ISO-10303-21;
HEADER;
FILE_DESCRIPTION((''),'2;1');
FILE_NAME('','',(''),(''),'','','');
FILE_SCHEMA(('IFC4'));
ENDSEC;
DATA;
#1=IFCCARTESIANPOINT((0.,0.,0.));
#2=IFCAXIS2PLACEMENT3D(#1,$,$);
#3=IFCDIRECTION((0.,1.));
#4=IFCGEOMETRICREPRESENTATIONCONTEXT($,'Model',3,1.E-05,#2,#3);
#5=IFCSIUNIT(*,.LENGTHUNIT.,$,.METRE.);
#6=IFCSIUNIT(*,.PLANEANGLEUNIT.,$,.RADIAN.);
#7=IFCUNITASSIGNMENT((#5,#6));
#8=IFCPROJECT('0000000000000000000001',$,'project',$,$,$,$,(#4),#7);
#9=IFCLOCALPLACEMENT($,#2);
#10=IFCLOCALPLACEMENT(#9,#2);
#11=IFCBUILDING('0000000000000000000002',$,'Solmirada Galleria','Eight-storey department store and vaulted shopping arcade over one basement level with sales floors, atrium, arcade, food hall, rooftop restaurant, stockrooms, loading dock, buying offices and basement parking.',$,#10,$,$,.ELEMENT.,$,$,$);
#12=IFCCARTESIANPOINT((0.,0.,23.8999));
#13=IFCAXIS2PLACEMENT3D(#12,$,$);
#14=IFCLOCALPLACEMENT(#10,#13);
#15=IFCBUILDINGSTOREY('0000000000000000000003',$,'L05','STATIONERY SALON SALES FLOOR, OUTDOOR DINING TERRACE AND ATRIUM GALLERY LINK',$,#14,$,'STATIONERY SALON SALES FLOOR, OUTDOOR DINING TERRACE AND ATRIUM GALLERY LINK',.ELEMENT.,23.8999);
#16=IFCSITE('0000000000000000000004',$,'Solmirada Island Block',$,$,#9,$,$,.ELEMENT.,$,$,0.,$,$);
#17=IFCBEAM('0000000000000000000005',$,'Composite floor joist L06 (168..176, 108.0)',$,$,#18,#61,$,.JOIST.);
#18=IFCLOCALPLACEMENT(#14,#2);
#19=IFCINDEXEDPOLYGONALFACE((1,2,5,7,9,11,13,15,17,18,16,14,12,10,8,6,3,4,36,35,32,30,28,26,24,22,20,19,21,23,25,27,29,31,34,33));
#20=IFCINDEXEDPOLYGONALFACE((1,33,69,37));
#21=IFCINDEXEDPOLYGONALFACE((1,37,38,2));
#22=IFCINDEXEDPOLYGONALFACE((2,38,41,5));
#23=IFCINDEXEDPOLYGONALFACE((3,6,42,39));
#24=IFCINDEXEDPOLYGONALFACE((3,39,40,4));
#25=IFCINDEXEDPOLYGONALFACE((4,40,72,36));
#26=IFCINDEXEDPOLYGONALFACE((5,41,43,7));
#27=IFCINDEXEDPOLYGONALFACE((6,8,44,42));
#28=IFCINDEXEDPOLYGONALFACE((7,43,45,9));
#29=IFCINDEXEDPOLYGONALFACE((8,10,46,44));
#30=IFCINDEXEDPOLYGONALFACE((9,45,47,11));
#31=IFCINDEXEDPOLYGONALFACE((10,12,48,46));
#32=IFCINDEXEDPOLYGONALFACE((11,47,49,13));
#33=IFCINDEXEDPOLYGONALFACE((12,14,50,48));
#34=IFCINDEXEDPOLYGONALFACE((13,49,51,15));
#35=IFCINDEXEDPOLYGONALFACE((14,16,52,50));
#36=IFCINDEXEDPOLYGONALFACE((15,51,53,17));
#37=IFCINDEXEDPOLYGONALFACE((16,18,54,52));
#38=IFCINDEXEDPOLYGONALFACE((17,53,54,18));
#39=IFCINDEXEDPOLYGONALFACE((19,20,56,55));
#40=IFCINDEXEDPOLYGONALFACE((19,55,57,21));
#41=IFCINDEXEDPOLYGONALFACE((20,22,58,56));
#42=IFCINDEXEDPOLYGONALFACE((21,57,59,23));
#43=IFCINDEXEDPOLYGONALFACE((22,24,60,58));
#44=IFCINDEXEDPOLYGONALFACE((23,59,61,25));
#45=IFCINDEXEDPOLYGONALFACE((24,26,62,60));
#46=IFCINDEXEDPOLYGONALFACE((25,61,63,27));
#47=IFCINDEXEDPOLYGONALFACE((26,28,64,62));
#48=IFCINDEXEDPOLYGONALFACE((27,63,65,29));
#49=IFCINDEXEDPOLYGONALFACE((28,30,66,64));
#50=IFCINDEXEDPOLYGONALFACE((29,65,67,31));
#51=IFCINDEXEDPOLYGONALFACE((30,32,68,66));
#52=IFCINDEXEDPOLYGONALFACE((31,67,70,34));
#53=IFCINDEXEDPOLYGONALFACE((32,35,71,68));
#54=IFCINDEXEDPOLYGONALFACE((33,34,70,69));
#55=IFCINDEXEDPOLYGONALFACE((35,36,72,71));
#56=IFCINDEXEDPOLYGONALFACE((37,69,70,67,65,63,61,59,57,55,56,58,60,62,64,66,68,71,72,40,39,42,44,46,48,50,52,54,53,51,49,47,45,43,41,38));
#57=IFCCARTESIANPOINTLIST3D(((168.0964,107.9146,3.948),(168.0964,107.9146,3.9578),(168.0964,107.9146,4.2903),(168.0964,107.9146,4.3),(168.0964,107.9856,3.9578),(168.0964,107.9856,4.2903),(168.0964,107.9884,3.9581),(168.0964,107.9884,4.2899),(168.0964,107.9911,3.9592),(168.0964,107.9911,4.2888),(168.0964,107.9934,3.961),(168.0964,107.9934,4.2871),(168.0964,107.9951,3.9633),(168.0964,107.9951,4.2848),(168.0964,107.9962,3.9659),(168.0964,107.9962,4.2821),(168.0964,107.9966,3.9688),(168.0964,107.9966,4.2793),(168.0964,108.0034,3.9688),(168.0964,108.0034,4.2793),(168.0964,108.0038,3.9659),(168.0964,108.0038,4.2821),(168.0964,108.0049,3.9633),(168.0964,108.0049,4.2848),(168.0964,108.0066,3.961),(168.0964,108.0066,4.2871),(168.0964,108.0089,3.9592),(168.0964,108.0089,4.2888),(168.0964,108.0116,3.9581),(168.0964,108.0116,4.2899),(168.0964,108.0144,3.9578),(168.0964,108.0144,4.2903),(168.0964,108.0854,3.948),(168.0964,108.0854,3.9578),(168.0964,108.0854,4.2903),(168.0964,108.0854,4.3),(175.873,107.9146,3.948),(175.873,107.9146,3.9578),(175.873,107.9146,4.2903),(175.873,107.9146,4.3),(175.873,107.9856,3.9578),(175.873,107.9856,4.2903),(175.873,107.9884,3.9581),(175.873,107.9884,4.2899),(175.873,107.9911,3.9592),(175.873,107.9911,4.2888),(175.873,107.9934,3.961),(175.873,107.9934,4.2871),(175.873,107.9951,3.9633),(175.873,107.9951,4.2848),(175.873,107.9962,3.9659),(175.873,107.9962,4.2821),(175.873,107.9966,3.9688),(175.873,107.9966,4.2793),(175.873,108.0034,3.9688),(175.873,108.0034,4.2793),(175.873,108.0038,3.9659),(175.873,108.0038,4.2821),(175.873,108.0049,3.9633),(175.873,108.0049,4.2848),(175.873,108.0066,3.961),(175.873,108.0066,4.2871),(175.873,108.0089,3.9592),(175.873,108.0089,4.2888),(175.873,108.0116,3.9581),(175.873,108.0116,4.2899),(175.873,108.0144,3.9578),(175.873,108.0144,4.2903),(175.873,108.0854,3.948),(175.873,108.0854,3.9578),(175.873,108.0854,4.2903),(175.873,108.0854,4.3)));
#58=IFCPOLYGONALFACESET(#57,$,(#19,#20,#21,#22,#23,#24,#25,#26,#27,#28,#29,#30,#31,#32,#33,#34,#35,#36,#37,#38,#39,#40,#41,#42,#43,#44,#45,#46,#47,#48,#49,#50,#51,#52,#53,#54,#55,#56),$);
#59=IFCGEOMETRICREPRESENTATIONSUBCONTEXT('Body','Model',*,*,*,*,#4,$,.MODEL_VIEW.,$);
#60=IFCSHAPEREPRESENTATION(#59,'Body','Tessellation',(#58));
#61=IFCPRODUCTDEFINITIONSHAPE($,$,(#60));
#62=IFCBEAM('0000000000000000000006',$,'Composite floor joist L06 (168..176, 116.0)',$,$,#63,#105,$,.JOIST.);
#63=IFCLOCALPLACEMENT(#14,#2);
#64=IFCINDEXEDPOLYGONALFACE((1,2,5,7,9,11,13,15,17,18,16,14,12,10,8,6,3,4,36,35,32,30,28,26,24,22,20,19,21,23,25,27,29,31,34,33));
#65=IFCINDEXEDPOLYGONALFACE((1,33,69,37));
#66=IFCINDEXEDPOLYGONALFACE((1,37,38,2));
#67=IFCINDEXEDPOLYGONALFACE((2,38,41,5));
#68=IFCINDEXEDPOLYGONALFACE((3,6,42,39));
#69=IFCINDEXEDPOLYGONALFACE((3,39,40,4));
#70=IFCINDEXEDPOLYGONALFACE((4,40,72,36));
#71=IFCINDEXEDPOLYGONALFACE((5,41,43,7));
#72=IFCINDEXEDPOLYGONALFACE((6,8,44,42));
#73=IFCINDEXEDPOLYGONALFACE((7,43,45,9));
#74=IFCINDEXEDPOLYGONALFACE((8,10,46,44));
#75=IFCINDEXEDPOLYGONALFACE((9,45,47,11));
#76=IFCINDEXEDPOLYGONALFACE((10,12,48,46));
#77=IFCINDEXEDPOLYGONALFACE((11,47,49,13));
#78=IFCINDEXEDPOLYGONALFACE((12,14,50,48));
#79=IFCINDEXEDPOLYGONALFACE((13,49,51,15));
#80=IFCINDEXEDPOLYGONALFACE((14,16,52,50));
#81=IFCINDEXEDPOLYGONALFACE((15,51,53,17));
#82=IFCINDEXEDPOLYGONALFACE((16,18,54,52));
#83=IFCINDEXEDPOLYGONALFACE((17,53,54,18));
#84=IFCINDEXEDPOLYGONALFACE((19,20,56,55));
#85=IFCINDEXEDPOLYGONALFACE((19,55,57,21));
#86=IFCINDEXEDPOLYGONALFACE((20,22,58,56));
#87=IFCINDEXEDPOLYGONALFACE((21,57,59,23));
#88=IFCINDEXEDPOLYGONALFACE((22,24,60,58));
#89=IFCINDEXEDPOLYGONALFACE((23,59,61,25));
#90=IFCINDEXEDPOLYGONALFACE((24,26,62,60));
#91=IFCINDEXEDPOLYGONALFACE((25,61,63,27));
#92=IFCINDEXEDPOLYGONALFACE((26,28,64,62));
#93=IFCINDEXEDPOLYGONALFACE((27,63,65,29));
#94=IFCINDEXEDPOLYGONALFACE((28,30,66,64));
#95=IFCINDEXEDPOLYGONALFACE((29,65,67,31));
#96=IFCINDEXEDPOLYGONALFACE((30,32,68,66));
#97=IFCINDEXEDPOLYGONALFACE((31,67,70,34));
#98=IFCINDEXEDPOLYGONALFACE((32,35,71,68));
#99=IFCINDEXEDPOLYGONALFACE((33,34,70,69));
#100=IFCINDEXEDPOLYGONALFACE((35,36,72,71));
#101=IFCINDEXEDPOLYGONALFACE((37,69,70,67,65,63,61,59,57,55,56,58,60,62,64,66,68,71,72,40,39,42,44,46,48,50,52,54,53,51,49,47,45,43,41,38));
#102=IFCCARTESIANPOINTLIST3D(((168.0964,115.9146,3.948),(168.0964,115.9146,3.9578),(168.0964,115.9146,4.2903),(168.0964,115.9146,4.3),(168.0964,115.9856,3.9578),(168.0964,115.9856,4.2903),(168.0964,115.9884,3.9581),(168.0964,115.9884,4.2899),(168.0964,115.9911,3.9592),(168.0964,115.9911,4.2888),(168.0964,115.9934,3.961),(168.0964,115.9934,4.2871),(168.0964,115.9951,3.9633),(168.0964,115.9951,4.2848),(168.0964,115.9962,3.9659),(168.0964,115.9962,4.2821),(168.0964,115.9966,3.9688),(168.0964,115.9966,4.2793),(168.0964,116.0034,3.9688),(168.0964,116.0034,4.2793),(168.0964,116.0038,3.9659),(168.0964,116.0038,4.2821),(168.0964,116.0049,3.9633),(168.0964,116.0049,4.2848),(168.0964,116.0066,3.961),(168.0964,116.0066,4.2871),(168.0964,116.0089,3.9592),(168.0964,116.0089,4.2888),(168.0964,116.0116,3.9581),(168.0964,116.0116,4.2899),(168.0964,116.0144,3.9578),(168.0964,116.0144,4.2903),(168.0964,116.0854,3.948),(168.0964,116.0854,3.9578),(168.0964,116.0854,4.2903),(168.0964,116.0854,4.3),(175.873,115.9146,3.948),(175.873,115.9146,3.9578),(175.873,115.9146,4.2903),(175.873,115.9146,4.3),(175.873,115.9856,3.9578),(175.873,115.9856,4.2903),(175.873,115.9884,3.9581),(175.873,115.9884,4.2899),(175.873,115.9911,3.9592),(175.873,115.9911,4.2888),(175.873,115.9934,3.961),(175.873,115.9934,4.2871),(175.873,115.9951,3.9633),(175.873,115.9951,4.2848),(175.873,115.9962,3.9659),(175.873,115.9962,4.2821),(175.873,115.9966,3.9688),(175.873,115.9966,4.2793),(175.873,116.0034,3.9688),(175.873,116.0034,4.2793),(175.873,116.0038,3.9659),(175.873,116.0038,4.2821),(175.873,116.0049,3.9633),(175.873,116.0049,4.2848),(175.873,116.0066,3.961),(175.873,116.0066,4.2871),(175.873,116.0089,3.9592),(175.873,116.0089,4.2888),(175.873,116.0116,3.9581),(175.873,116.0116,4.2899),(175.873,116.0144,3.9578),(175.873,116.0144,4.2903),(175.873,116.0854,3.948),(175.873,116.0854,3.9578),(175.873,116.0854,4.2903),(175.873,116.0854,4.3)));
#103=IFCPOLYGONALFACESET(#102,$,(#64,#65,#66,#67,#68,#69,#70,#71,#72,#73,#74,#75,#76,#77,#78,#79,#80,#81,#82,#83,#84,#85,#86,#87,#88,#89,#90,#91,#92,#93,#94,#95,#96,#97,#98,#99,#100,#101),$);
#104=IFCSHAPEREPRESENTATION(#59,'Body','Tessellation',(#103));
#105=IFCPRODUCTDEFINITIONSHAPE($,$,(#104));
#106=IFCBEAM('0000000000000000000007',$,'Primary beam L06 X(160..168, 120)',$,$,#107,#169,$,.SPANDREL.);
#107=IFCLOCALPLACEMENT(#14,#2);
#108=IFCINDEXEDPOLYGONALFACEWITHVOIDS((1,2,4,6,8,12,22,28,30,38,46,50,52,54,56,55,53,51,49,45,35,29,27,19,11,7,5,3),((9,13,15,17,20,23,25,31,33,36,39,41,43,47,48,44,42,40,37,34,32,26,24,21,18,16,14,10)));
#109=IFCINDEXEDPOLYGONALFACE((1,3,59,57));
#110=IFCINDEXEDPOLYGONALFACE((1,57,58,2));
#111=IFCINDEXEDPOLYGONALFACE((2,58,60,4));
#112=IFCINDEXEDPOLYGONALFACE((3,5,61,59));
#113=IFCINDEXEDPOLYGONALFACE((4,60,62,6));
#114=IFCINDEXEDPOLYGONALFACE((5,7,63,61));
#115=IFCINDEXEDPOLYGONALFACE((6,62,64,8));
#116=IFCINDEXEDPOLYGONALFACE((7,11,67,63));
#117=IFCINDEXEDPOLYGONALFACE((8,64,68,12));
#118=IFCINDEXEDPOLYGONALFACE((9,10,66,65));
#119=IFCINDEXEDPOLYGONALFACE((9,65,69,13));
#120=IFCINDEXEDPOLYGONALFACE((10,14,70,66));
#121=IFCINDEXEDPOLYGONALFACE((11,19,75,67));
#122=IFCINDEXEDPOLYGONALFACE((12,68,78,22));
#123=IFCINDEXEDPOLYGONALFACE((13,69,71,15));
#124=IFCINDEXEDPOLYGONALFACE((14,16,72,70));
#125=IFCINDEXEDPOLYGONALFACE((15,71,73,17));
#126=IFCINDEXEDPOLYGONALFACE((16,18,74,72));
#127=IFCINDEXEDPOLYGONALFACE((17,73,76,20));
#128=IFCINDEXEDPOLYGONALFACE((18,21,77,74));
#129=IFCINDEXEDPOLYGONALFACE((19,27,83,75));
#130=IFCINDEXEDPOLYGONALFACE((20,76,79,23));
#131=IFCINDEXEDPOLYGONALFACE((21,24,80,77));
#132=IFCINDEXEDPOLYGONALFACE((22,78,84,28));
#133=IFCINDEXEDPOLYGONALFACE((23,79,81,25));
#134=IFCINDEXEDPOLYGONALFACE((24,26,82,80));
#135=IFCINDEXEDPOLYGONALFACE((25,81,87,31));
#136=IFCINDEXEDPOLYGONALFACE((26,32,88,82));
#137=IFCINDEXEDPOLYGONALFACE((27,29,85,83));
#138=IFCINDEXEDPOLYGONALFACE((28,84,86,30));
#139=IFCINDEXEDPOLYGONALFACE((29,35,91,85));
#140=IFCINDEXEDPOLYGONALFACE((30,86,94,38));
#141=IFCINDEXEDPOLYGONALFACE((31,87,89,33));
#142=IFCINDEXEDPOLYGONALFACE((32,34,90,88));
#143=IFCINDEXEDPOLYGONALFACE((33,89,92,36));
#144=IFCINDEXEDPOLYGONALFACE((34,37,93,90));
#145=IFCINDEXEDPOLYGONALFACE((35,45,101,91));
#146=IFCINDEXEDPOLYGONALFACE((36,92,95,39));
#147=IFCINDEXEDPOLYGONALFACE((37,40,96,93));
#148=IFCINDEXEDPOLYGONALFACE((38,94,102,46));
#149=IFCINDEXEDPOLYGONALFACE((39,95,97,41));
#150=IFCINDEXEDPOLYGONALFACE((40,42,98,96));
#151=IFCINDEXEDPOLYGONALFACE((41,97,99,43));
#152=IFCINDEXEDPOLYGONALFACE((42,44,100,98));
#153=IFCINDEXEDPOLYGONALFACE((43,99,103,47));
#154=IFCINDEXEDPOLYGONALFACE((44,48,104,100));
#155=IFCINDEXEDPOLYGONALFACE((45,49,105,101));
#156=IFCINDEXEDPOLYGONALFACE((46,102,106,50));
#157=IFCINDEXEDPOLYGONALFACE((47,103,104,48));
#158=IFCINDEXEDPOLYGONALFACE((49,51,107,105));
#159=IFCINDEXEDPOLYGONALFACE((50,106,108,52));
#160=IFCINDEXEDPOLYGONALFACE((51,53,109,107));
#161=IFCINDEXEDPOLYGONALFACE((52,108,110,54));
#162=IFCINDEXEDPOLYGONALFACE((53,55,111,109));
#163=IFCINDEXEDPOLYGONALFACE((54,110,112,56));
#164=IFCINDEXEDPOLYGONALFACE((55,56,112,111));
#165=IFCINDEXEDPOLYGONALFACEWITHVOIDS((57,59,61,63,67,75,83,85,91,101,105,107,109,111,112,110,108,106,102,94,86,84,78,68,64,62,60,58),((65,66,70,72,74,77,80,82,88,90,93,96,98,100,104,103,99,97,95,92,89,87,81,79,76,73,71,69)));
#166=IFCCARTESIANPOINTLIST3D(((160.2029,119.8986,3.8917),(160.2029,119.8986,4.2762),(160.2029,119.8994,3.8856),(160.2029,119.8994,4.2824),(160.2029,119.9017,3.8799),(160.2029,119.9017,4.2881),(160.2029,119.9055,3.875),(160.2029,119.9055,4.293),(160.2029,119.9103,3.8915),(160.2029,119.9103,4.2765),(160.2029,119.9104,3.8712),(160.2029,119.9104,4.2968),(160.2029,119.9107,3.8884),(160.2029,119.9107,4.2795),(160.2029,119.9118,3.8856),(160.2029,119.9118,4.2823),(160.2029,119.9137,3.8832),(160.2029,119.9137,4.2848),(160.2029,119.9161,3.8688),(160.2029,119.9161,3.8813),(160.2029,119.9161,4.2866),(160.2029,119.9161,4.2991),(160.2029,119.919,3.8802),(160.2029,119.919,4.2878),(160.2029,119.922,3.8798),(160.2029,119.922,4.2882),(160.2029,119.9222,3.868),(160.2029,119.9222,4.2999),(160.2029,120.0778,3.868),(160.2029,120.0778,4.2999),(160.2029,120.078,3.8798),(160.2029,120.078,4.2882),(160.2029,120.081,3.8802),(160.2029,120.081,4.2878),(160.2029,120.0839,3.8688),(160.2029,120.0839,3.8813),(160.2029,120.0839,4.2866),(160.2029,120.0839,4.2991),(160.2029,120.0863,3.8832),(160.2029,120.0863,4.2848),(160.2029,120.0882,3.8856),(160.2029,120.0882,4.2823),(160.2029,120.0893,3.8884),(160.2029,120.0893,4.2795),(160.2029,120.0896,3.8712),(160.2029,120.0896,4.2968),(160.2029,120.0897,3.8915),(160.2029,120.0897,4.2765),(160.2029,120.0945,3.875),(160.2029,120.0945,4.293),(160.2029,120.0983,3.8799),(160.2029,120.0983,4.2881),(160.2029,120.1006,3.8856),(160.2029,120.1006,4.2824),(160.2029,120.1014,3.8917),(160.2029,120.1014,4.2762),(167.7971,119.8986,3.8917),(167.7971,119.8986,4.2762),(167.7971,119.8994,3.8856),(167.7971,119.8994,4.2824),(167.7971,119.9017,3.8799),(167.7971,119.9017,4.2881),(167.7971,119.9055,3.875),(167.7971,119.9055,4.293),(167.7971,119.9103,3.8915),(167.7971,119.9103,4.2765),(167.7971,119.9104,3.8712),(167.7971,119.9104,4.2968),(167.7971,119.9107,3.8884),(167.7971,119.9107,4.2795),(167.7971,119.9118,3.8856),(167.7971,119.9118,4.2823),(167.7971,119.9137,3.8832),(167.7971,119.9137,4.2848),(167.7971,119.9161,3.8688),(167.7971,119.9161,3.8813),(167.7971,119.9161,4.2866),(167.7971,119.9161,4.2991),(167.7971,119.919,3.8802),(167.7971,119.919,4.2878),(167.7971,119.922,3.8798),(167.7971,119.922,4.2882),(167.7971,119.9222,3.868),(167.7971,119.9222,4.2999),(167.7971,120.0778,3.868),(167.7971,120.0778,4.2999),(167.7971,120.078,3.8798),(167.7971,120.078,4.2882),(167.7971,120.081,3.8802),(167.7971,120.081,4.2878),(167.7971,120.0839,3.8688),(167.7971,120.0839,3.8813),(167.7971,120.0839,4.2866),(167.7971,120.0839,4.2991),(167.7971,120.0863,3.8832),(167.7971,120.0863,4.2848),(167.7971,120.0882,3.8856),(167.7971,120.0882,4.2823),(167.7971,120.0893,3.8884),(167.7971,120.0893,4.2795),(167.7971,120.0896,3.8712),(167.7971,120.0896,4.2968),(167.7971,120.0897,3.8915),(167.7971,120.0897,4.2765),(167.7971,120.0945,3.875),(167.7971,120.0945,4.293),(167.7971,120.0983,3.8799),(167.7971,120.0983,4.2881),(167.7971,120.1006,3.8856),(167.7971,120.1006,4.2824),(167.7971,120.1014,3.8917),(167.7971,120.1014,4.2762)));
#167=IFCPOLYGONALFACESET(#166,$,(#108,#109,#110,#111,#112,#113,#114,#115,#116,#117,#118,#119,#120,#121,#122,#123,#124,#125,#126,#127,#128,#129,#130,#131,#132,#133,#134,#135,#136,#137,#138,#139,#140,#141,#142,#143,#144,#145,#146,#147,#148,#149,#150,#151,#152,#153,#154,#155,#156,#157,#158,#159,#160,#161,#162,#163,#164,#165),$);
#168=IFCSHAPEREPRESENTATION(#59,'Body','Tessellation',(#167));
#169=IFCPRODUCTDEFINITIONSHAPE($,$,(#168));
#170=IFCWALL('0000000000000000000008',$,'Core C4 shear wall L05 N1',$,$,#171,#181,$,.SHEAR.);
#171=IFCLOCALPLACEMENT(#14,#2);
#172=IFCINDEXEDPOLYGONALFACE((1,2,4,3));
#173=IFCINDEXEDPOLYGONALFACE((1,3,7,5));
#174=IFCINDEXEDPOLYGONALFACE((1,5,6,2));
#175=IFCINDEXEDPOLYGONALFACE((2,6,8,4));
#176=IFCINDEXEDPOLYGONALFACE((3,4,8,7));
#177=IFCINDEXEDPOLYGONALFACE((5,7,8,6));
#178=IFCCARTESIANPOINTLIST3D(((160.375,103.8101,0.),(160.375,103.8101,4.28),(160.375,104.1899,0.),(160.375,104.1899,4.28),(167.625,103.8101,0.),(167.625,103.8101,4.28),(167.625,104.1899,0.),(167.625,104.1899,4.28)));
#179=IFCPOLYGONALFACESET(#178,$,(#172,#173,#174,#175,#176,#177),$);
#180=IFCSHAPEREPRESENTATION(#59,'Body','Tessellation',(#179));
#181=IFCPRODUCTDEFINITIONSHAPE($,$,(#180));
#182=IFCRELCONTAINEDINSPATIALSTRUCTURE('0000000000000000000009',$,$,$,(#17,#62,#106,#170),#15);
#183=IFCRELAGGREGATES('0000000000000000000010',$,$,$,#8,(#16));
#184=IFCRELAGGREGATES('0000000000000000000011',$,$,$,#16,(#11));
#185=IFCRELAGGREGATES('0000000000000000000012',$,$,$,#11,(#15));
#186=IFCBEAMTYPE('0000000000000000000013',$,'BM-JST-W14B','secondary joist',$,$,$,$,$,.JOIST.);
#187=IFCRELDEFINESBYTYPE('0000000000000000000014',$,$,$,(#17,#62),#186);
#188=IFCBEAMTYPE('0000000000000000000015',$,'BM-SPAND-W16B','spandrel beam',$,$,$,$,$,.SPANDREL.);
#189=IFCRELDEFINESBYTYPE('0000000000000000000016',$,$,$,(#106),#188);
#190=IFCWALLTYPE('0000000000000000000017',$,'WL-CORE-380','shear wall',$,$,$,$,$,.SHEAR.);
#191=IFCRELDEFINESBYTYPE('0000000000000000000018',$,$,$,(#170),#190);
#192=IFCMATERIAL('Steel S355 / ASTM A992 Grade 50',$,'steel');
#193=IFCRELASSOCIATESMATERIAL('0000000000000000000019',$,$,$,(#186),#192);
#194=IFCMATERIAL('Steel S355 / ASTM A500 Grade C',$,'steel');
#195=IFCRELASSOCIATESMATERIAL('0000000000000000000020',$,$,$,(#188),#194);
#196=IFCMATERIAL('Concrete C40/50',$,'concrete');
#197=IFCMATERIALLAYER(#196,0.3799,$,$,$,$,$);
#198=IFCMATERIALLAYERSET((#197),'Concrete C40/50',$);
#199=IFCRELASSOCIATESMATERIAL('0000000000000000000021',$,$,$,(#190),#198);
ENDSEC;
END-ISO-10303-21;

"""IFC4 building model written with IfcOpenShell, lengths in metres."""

from ifc_helpers import new_model, si_unit, direction, frame, frame_2d, origin, origin_2d, place, context, subcontext, project, spatial, rectangle, hollow_rectangle, i_section, extrude, material, layer, layer_set, material_profile, profile_set, type_object, element, save


model = new_model("IFC4")

# Units and contexts
model_context = context("Model", 3, precision=1e-05, world=origin(), true_north=direction((0.0, 1.0)))
body_context = subcontext(model_context, "Body", "Model", "MODEL_VIEW")
ifc_project = project(units=[si_unit("LENGTHUNIT", "METRE"), si_unit("PLANEANGLEUNIT", "RADIAN")], contexts=[model_context])

# Site, building, storey
site_placement = place(None, origin())
site = spatial("IfcSite", under=ifc_project, at=site_placement, Name="Solmirada Island Block", CompositionType="ELEMENT", RefElevation=0.0)
building_placement = place(site_placement, origin())
building = spatial("IfcBuilding", under=site, at=building_placement, Name="Solmirada Galleria", Description="Eight-storey department store and vaulted shopping arcade over one basement level with sales floors, atrium, arcade, food hall, rooftop restaurant, stockrooms, loading dock, buying offices and basement parking.", CompositionType="ELEMENT")
storey_placement = place(building_placement, frame((0.0, 0.0, 23.8999)))
storey = spatial("IfcBuildingStorey", under=building, at=storey_placement, Name="L05", Description="STATIONERY SALON SALES FLOOR, OUTDOOR DINING TERRACE AND ATRIUM GALLERY LINK", LongName="STATIONERY SALON SALES FLOOR, OUTDOOR DINING TERRACE AND ATRIUM GALLERY LINK", CompositionType="ELEMENT", Elevation=23.8999)

# Shared definitions
ifc_material_1 = material(Name="Steel S355 / ASTM A500 Grade C", Category="steel")
ifc_material_2 = material(Name="Concrete C40/50", Category="concrete")

# Beams
ifc_material_3 = material(Name="Steel S355 / ASTM A992 Grade 50", Category="steel")
ifc_material_profile_1 = material_profile(ifc_material_3, i_section(OverallWidth=0.1709, OverallDepth=0.3521, WebThickness=0.0068, FlangeThickness=0.0098, FilletRadius=0.011, at=origin_2d()), Name="W14X30")
ifc_profile_set_1 = profile_set([ifc_material_profile_1], Name="Steel S355 / ASTM A992 Grade 50")
beam_type_1 = type_object("IfcBeamType", Name="BM-JST-W14B", Description="secondary joist", PredefinedType="JOIST", material=ifc_profile_set_1)
for number, where, z_axis, x_axis, name in (
    (1, (168.0964, 108.0, 4.124), (1.0, 0.0, 0.0), (0.0, 1.0, 0.0), "Composite floor joist L06 (168..176, 108.0)"),
    (2, (168.0964, 116.0, 4.124), (1.0, 0.0, 0.0), (0.0, 1.0, 0.0), "Composite floor joist L06 (168..176, 116.0)"),
):
    element("IfcBeam", number, at=place(storey_placement, frame(where, z_axis=z_axis, x_axis=x_axis)), inside=storey, type_object=beam_type_1, Name=name, PredefinedType="JOIST", context=body_context, shape_type="SweptSolid", body=[
        extrude(i_section(OverallWidth=0.1709, OverallDepth=0.3521, WebThickness=0.0068, FlangeThickness=0.0098, FilletRadius=0.011, at=origin_2d()), origin(), (0.0, 0.0, 1.0), 7.7766),
    ])
ifc_material_profile_2 = material_profile(ifc_material_1, hollow_rectangle(XDim=0.2029, YDim=0.4319, WallThickness=0.0117, InnerFilletRadius=0.0117, OuterFilletRadius=0.0237, at=origin_2d()), Name="HSS17X8X1/2")
ifc_profile_set_2 = profile_set([ifc_material_profile_2], Name="Steel S355 / ASTM A500 Grade C")
beam_type_2 = type_object("IfcBeamType", Name="BM-SPAND-W16B", Description="spandrel beam", PredefinedType="SPANDREL", material=ifc_profile_set_2)
beam_1_placement = place(storey_placement, frame((160.2029, 120.0, 4.084), z_axis=(1.0, 0.0, 0.0), x_axis=(0.0, 1.0, 0.0)))
element("IfcBeam", 3, at=beam_1_placement, inside=storey, type_object=beam_type_2, Name="Primary beam L06 X(160..168, 120)", PredefinedType="SPANDREL", context=body_context, shape_type="SweptSolid", body=[
    extrude(hollow_rectangle(XDim=0.2029, YDim=0.4319, WallThickness=0.0117, InnerFilletRadius=0.0117, OuterFilletRadius=0.0237, at=origin_2d()), origin(), (0.0, 0.0, 1.0), 7.5942),
])

# Wall
ifc_layer_1 = layer(ifc_material_2, 0.3799)
ifc_layer_set_1 = layer_set([ifc_layer_1], Name="Concrete C40/50")
wall_type_1 = type_object("IfcWallType", Name="WL-CORE-380", Description="shear wall", PredefinedType="SHEAR", material=ifc_layer_set_1)
wall_1_placement = place(storey_placement, frame((160.375, 104.0, 0.0), z_axis=(0.0, 0.0, 1.0), x_axis=(1.0, 0.0, 0.0)))
element("IfcWall", 4, at=wall_1_placement, inside=storey, type_object=wall_type_1, Name="Core C4 shear wall L05 N1", PredefinedType="SHEAR", context=body_context, shape_type="SweptSolid", body=[
    extrude(rectangle(XDim=7.25, YDim=0.3799, at=frame_2d((3.625, 0.0))), origin(), (0.0, 0.0, 1.0), 4.28),
])

save(model, "model.ifc")
